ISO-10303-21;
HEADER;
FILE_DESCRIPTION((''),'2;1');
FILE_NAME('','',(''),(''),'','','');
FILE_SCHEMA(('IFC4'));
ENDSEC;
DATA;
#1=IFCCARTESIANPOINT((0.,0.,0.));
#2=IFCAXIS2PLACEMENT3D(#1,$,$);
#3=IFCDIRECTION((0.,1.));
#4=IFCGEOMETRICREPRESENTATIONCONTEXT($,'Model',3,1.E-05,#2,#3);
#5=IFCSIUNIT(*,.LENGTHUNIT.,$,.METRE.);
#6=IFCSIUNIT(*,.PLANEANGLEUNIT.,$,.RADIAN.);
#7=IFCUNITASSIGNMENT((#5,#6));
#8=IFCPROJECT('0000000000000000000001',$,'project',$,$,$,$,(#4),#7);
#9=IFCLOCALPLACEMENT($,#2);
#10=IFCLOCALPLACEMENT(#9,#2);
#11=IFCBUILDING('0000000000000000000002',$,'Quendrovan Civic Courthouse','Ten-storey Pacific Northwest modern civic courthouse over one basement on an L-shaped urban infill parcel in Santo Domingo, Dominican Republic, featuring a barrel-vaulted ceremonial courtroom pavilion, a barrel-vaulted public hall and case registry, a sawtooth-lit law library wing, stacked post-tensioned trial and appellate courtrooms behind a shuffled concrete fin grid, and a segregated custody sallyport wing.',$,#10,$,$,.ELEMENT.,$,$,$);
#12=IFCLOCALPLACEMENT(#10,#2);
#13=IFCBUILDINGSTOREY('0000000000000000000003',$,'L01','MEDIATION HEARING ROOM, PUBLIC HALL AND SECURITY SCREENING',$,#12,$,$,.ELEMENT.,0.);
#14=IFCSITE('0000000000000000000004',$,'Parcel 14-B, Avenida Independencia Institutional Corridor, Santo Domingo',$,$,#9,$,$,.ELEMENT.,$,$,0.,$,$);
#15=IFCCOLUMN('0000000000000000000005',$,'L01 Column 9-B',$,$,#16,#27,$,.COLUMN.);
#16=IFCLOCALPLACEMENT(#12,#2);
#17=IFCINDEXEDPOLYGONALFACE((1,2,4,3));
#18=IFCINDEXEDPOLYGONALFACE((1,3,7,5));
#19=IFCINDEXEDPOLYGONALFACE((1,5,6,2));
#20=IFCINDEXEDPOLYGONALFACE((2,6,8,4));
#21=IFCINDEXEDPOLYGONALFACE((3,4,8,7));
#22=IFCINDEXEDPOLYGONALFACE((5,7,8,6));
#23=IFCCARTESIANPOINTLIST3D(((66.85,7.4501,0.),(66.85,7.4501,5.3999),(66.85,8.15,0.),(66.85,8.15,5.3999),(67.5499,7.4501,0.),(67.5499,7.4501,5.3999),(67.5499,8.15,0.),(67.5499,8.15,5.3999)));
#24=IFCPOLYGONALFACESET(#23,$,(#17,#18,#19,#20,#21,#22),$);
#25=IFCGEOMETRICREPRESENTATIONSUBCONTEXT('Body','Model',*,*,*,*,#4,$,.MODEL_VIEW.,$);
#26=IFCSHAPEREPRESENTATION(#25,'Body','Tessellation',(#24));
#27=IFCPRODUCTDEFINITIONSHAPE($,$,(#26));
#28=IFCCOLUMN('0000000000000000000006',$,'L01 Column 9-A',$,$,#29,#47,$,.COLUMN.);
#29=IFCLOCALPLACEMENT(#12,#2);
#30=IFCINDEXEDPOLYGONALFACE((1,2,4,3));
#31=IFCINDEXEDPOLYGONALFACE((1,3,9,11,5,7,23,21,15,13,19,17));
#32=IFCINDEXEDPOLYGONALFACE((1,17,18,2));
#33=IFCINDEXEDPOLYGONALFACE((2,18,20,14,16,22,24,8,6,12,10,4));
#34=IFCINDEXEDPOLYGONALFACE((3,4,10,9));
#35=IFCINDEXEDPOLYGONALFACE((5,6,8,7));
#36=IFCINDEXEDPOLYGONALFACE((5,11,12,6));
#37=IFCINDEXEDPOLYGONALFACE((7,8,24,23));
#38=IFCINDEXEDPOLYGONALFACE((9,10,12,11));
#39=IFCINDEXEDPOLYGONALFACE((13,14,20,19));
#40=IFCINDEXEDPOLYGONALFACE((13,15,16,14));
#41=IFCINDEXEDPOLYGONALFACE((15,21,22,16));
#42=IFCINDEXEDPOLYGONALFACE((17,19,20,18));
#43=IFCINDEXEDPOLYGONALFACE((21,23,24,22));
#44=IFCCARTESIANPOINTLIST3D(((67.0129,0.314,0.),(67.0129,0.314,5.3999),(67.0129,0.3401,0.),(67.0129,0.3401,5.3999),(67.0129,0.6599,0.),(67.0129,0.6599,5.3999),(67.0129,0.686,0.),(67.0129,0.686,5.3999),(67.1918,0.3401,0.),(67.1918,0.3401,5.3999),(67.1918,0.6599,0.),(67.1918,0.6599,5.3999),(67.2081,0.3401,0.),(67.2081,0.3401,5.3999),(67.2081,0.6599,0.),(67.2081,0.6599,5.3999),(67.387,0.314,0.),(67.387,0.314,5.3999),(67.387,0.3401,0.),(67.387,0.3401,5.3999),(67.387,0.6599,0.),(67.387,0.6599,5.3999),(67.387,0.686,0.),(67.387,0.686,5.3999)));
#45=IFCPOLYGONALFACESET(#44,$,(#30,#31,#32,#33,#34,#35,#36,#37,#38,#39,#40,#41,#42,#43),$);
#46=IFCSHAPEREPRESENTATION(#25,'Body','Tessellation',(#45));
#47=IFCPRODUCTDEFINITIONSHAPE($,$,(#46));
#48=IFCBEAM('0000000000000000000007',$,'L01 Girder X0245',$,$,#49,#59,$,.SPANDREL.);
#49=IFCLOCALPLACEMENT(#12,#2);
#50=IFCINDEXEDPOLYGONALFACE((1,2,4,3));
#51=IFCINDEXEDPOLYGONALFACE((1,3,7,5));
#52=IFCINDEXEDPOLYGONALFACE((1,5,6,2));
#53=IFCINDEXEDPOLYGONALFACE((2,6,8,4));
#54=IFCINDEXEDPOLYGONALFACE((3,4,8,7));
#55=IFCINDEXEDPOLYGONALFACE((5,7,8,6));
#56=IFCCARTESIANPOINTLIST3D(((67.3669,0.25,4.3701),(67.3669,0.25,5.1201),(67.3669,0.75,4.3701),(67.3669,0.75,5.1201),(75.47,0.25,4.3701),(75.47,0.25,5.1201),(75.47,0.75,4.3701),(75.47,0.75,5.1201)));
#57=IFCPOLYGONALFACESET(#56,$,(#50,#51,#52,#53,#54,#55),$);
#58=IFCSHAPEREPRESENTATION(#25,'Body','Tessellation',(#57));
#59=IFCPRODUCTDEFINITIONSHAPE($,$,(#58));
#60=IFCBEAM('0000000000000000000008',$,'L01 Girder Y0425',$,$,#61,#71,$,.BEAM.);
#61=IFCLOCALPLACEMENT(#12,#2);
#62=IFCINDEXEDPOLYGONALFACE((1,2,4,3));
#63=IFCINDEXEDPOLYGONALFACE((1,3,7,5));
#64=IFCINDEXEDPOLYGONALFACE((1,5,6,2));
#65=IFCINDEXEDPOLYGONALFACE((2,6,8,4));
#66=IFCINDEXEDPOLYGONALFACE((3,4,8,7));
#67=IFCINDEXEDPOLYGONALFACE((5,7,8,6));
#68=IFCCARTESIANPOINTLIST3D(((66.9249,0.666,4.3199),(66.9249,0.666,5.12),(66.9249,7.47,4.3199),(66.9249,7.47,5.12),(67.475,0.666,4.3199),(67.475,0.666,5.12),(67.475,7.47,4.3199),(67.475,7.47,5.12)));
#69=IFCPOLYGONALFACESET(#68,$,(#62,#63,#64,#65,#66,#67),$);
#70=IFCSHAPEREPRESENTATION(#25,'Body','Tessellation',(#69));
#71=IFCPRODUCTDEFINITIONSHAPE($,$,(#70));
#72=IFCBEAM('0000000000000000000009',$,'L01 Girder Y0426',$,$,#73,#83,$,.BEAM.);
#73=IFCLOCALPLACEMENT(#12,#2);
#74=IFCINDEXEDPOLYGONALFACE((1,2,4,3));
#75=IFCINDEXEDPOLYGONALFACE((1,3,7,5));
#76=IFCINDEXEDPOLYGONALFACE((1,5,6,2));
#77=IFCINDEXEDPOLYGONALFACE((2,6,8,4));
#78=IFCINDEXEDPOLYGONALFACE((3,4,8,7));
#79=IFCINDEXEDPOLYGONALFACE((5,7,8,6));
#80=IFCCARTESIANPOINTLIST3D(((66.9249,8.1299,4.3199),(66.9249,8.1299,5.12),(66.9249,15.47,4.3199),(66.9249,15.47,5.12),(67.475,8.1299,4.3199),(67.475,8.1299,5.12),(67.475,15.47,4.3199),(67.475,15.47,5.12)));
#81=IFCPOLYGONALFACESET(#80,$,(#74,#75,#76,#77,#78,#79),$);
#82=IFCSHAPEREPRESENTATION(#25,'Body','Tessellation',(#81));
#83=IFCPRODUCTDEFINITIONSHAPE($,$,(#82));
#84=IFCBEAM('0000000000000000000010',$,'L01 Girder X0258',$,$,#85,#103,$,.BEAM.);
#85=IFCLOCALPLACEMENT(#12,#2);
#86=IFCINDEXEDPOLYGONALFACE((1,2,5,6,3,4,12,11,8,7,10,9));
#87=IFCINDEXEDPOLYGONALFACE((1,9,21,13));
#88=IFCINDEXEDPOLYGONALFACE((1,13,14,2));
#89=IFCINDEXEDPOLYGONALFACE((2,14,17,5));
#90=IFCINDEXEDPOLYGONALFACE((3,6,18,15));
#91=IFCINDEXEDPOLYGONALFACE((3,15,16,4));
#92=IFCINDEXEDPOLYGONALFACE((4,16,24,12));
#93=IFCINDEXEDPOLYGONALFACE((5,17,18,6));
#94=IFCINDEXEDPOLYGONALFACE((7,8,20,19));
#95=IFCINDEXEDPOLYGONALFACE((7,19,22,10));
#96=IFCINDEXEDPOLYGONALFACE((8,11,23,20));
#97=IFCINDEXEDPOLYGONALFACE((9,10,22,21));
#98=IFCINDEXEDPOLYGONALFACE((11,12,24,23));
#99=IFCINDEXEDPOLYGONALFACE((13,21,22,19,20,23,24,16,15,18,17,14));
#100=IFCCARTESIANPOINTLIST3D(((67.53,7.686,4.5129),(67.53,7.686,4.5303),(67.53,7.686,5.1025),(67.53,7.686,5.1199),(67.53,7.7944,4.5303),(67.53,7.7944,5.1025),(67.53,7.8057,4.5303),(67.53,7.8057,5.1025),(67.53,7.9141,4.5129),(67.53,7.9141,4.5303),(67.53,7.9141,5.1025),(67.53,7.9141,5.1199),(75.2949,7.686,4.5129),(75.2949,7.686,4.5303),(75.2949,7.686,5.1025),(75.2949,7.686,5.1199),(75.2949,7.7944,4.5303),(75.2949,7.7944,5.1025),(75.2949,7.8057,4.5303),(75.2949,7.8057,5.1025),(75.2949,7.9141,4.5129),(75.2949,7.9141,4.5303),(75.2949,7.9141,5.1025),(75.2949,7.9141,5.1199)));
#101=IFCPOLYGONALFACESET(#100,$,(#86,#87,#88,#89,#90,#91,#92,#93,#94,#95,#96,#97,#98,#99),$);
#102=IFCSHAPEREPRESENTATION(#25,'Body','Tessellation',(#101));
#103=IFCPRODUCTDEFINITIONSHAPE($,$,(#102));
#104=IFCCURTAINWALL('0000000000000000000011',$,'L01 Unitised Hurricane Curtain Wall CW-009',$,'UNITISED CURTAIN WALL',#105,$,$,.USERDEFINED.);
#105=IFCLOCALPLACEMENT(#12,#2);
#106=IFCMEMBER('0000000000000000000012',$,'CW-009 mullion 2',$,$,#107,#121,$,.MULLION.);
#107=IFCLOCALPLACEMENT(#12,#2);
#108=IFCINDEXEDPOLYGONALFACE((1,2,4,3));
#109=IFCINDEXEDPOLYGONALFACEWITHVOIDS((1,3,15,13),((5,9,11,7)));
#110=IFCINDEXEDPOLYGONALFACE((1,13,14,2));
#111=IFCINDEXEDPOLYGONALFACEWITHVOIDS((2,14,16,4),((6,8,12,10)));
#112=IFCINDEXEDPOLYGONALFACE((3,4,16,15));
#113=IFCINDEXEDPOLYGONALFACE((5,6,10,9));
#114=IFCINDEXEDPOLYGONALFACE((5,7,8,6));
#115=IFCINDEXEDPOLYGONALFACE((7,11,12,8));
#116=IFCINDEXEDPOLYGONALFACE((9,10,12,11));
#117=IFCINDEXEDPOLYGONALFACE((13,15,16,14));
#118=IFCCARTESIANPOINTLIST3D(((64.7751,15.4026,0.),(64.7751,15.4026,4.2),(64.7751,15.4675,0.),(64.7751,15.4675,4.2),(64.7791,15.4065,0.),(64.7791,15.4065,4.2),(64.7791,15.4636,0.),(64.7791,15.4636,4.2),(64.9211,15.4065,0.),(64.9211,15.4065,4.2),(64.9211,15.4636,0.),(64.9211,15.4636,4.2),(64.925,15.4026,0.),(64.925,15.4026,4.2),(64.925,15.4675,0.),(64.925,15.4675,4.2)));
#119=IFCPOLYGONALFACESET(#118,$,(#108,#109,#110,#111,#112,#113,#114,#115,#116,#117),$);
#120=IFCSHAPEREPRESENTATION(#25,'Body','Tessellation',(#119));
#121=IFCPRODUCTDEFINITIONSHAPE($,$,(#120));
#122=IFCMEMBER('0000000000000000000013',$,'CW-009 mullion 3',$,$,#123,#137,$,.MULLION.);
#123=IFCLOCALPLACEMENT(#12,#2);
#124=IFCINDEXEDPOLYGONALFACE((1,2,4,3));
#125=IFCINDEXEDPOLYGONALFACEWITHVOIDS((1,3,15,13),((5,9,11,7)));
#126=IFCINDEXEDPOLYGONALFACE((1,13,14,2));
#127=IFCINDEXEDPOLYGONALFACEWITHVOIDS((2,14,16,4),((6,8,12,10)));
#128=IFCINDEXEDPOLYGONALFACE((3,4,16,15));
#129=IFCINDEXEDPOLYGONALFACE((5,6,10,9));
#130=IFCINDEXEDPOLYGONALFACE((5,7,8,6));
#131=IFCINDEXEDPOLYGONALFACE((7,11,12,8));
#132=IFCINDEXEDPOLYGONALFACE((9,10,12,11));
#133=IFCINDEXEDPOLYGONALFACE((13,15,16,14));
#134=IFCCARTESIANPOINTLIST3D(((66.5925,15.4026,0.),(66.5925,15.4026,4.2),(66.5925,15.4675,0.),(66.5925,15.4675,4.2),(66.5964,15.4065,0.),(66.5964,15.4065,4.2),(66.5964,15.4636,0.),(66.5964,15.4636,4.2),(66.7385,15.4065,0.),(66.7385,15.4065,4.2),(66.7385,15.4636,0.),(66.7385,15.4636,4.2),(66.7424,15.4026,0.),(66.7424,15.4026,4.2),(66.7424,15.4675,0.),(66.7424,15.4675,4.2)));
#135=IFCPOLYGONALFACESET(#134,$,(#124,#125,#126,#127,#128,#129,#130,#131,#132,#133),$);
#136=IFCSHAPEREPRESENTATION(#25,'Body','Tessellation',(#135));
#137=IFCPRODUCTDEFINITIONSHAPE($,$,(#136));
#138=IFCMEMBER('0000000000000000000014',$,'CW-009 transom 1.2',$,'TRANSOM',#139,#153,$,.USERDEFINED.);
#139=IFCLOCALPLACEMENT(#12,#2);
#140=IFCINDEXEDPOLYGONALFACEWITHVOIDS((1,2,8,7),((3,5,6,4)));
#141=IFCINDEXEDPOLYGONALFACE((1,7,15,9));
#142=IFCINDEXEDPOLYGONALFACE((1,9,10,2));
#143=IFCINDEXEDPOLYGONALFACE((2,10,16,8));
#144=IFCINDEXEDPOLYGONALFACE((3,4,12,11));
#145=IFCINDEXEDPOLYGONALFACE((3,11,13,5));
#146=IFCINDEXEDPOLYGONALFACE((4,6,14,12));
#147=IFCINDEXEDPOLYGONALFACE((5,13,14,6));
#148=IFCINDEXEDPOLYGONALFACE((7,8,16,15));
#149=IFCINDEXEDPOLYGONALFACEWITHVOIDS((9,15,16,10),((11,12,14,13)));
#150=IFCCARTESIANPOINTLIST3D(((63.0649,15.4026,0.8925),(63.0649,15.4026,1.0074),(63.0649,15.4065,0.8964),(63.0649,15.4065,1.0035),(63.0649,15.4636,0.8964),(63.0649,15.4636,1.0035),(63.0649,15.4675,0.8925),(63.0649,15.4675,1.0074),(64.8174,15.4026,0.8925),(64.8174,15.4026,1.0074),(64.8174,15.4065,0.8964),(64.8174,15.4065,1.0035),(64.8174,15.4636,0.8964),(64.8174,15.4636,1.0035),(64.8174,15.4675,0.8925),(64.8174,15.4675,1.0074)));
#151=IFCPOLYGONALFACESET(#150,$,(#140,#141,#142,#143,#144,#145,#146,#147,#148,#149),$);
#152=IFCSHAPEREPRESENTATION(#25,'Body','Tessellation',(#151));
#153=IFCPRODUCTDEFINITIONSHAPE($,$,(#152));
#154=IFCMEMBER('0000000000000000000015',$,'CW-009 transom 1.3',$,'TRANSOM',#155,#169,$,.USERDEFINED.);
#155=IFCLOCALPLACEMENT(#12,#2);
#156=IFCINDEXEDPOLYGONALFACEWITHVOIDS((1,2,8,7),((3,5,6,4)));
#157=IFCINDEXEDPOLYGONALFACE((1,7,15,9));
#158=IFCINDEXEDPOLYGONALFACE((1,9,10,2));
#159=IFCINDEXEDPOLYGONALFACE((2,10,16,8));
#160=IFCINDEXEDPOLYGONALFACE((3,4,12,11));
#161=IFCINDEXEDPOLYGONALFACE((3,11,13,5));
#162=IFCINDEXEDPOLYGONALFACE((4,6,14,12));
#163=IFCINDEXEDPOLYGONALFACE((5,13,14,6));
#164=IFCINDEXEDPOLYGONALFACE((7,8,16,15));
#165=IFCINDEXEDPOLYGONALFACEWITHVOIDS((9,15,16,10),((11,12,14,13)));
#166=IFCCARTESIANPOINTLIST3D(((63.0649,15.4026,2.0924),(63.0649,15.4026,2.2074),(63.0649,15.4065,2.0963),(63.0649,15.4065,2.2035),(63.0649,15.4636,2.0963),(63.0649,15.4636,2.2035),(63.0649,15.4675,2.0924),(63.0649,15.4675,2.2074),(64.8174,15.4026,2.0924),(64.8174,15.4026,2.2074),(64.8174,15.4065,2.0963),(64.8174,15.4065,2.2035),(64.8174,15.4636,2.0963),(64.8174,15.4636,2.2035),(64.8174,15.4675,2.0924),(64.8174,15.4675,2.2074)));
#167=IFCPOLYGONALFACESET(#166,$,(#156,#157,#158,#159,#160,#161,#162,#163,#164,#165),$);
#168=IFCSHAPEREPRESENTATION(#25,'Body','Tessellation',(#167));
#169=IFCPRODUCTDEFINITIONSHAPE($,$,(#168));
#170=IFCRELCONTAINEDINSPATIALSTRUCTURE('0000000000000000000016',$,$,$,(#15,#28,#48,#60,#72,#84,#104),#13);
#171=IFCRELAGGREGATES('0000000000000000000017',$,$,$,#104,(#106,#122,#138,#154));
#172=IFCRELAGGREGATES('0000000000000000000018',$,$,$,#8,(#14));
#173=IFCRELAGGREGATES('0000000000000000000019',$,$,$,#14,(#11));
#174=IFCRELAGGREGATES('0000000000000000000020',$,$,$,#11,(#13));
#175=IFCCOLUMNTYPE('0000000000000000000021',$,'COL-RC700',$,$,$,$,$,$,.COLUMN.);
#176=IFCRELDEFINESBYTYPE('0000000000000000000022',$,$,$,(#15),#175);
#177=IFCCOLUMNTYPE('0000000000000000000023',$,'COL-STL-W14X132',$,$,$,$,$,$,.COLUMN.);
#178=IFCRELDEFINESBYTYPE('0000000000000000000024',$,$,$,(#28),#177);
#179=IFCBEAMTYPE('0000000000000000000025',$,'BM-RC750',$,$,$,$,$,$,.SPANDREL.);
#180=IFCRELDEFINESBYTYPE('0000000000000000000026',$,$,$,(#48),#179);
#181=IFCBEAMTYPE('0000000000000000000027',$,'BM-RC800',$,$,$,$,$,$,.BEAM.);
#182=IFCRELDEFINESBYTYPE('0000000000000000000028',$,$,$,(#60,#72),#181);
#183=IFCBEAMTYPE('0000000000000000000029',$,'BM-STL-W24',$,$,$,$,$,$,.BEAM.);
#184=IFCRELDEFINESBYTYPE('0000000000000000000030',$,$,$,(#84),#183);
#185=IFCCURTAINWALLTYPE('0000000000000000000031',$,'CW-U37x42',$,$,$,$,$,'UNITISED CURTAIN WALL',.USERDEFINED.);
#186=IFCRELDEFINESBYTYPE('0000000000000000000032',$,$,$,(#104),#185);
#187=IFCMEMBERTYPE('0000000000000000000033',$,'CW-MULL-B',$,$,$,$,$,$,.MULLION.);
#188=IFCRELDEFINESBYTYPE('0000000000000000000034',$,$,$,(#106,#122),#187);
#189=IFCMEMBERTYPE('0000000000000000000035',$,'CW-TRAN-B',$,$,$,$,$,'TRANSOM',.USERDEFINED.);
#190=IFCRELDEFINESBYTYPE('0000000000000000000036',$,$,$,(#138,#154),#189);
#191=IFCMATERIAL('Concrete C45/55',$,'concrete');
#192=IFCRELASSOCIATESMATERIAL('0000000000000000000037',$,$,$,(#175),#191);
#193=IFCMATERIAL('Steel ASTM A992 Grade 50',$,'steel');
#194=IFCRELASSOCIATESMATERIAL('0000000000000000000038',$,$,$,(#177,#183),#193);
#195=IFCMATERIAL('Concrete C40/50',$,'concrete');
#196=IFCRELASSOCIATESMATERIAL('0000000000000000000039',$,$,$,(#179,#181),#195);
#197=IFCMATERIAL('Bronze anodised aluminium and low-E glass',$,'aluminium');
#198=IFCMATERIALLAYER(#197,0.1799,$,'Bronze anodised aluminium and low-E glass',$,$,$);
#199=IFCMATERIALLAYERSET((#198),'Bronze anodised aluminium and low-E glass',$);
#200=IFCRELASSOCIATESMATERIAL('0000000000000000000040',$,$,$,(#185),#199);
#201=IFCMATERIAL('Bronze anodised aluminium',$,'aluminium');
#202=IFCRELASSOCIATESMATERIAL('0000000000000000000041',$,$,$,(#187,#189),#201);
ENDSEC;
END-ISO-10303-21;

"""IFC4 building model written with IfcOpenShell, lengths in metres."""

from ifc_helpers import new_model, si_unit, direction, frame, origin, origin_2d, place, context, subcontext, project, spatial, rectangle, hollow_rectangle, i_section, extrude, material, layer, layer_set, material_profile, profile_set, type_object, element, aggregate, save


model = new_model("IFC4")

# Units and contexts
model_context = context("Model", 3, precision=1e-05, world=origin(), true_north=direction((0.0, 1.0)))
body_context = subcontext(model_context, "Body", "Model", "MODEL_VIEW")
ifc_project = project(units=[si_unit("LENGTHUNIT", "METRE"), si_unit("PLANEANGLEUNIT", "RADIAN")], contexts=[model_context])

# Site, building, storey
site_placement = place(None, origin())
site = spatial("IfcSite", under=ifc_project, at=site_placement, Name="Parcel 14-B, Avenida Independencia Institutional Corridor, Santo Domingo", CompositionType="ELEMENT", RefElevation=0.0)
building_placement = place(site_placement, origin())
building = spatial("IfcBuilding", under=site, at=building_placement, Name="Quendrovan Civic Courthouse", Description="Ten-storey Pacific Northwest modern civic courthouse over one basement on an L-shaped urban infill parcel in Santo Domingo, Dominican Republic, featuring a barrel-vaulted ceremonial courtroom pavilion, a barrel-vaulted public hall and case registry, a sawtooth-lit law library wing, stacked post-tensioned trial and appellate courtrooms behind a shuffled concrete fin grid, and a segregated custody sallyport wing.", CompositionType="ELEMENT")
storey_placement = place(building_placement, origin())
storey = spatial("IfcBuildingStorey", under=building, at=storey_placement, Name="L01", Description="MEDIATION HEARING ROOM, PUBLIC HALL AND SECURITY SCREENING", CompositionType="ELEMENT", Elevation=0.0)

# Columns
ifc_material_1 = material(Name="Concrete C45/55", Category="concrete")
ifc_material_profile_1 = material_profile(ifc_material_1, rectangle(XDim=0.7, YDim=0.7, at=origin_2d()), Name="RC-COL-700x700")
ifc_profile_set_1 = profile_set([ifc_material_profile_1], Name="Concrete C45/55")
column_type_1 = type_object("IfcColumnType", Name="COL-RC700", PredefinedType="COLUMN", material=ifc_profile_set_1)
column_1_placement = place(storey_placement, frame((67.2, 7.8, 0.0), z_axis=(0.0, 0.0, 1.0), x_axis=(1.0, 0.0, 0.0)))
element("IfcColumn", 1, at=column_1_placement, inside=storey, type_object=column_type_1, Name="L01 Column 9-B", PredefinedType="COLUMN", context=body_context, shape_type="SweptSolid", body=[
    extrude(rectangle(XDim=0.7, YDim=0.7, at=origin_2d()), origin(), (0.0, 0.0, 1.0), 5.3999),
])
ifc_material_2 = material(Name="Steel ASTM A992 Grade 50", Category="steel")
ifc_material_profile_2 = material_profile(ifc_material_2, i_section(OverallWidth=0.374, OverallDepth=0.3721, WebThickness=0.0164, FlangeThickness=0.0261, at=origin_2d()), Name="W14X132")
ifc_profile_set_2 = profile_set([ifc_material_profile_2], Name="Steel ASTM A992 Grade 50")
column_type_2 = type_object("IfcColumnType", Name="COL-STL-W14X132", PredefinedType="COLUMN", material=ifc_profile_set_2)
column_2_placement = place(storey_placement, frame((67.2, 0.5, 0.0), z_axis=(0.0, 0.0, 1.0), x_axis=(1.0, 0.0, 0.0)))
element("IfcColumn", 2, at=column_2_placement, inside=storey, type_object=column_type_2, Name="L01 Column 9-A", PredefinedType="COLUMN", context=body_context, shape_type="SweptSolid", body=[
    extrude(i_section(OverallWidth=0.374, OverallDepth=0.3721, WebThickness=0.0164, FlangeThickness=0.0261, at=origin_2d()), origin(), (0.0, 0.0, 1.0), 5.3999),
])

# Beams
ifc_material_3 = material(Name="Concrete C40/50", Category="concrete")
ifc_material_profile_3 = material_profile(ifc_material_3, rectangle(XDim=0.5, YDim=0.75, at=origin_2d()), Name="RC-BM-500x750")
ifc_profile_set_3 = profile_set([ifc_material_profile_3], Name="Concrete C40/50")
beam_type_1 = type_object("IfcBeamType", Name="BM-RC750", PredefinedType="SPANDREL", material=ifc_profile_set_3)
beam_1_placement = place(storey_placement, frame((67.3669, 0.5, 4.7451), z_axis=(1.0, 0.0, 0.0), x_axis=(0.0, 1.0, 0.0)))
element("IfcBeam", 3, at=beam_1_placement, inside=storey, type_object=beam_type_1, Name="L01 Girder X0245", PredefinedType="SPANDREL", context=body_context, shape_type="SweptSolid", body=[
    extrude(rectangle(XDim=0.5, YDim=0.75, at=origin_2d()), origin(), (0.0, 0.0, 1.0), 8.103),
])
ifc_material_profile_4 = material_profile(ifc_material_3, rectangle(XDim=0.55, YDim=0.8, at=origin_2d()), Name="RC-BM-550x800")
ifc_profile_set_4 = profile_set([ifc_material_profile_4], Name="Concrete C40/50")
beam_type_2 = type_object("IfcBeamType", Name="BM-RC800", PredefinedType="BEAM", material=ifc_profile_set_4)
beam_2_placement = place(storey_placement, frame((67.2, 0.666, 4.72), z_axis=(0.0, 1.0, 0.0), x_axis=(-1.0, 0.0, 0.0)))
element("IfcBeam", 4, at=beam_2_placement, inside=storey, type_object=beam_type_2, Name="L01 Girder Y0425", PredefinedType="BEAM", context=body_context, shape_type="SweptSolid", body=[
    extrude(rectangle(XDim=0.55, YDim=0.8, at=origin_2d()), origin(), (0.0, 0.0, 1.0), 6.804),
])
beam_3_placement = place(storey_placement, frame((67.2, 8.1299, 4.72), z_axis=(0.0, 1.0, 0.0), x_axis=(-1.0, 0.0, 0.0)))
element("IfcBeam", 5, at=beam_3_placement, inside=storey, type_object=beam_type_2, Name="L01 Girder Y0426", PredefinedType="BEAM", context=body_context, shape_type="SweptSolid", body=[
    extrude(rectangle(XDim=0.55, YDim=0.8, at=origin_2d()), origin(), (0.0, 0.0, 1.0), 7.3401),
])
ifc_material_profile_5 = material_profile(ifc_material_2, i_section(OverallWidth=0.228, OverallDepth=0.6069, WebThickness=0.0112, FlangeThickness=0.0173, at=origin_2d()), Name="W24X76")
ifc_profile_set_5 = profile_set([ifc_material_profile_5], Name="Steel ASTM A992 Grade 50")
beam_type_3 = type_object("IfcBeamType", Name="BM-STL-W24", PredefinedType="BEAM", material=ifc_profile_set_5)
beam_4_placement = place(storey_placement, frame((67.53, 7.8, 4.8164), z_axis=(1.0, 0.0, 0.0), x_axis=(0.0, 1.0, 0.0)))
element("IfcBeam", 6, at=beam_4_placement, inside=storey, type_object=beam_type_3, Name="L01 Girder X0258", PredefinedType="BEAM", context=body_context, shape_type="SweptSolid", body=[
    extrude(i_section(OverallWidth=0.228, OverallDepth=0.6069, WebThickness=0.0112, FlangeThickness=0.0173, at=origin_2d()), origin(), (0.0, 0.0, 1.0), 7.7649),
])

# Curtain wall, members
ifc_material_4 = material(Name="Bronze anodised aluminium and low-E glass", Category="aluminium")
ifc_layer_1 = layer(ifc_material_4, 0.1799, Name="Bronze anodised aluminium and low-E glass")
ifc_layer_set_1 = layer_set([ifc_layer_1], Name="Bronze anodised aluminium and low-E glass")
curtain_wall_type = type_object("IfcCurtainWallType", Name="CW-U37x42", ElementType="UNITISED CURTAIN WALL", PredefinedType="USERDEFINED", material=ifc_layer_set_1)
curtain_wall_placement = place(storey_placement, origin())
curtain_wall = element("IfcCurtainWall", 7, at=curtain_wall_placement, inside=storey, type_object=curtain_wall_type, Name="L01 Unitised Hurricane Curtain Wall CW-009", ObjectType="UNITISED CURTAIN WALL", PredefinedType="USERDEFINED")
ifc_material_5 = material(Name="Bronze anodised aluminium", Category="aluminium")
ifc_material_profile_6 = material_profile(ifc_material_5, hollow_rectangle(XDim=0.0649, YDim=0.1499, WallThickness=0.0039, at=origin_2d()), Name="CW-MULL-65x150")
ifc_profile_set_6 = profile_set([ifc_material_profile_6], Name="Bronze anodised aluminium")
member_type_1 = type_object("IfcMemberType", Name="CW-MULL-B", PredefinedType="MULLION", material=ifc_profile_set_6)
member_1_placement = place(storey_placement, frame((64.8501, 15.4351, 0.0), z_axis=(0.0, 0.0, 1.0), x_axis=(0.0, 1.0, 0.0)))
member_1 = element("IfcMember", 8, at=member_1_placement, type_object=member_type_1, Name="CW-009 mullion 2", PredefinedType="MULLION", context=body_context, shape_type="SweptSolid", body=[
    extrude(hollow_rectangle(XDim=0.0649, YDim=0.1499, WallThickness=0.0039, at=origin_2d()), origin(), (0.0, 0.0, 1.0), 4.2),
])
member_2_placement = place(storey_placement, frame((66.6675, 15.4351, 0.0), z_axis=(0.0, 0.0, 1.0), x_axis=(0.0, 1.0, 0.0)))
member_2 = element("IfcMember", 9, at=member_2_placement, type_object=member_type_1, Name="CW-009 mullion 3", PredefinedType="MULLION", context=body_context, shape_type="SweptSolid", body=[
    extrude(hollow_rectangle(XDim=0.0649, YDim=0.1499, WallThickness=0.0039, at=origin_2d()), origin(), (0.0, 0.0, 1.0), 4.2),
])
ifc_material_profile_7 = material_profile(ifc_material_5, hollow_rectangle(XDim=0.0649, YDim=0.115, WallThickness=0.0039, at=origin_2d()), Name="CW-TRAN-65x115")
ifc_profile_set_7 = profile_set([ifc_material_profile_7], Name="Bronze anodised aluminium")
member_type_2 = type_object("IfcMemberType", Name="CW-TRAN-B", ElementType="TRANSOM", PredefinedType="USERDEFINED", material=ifc_profile_set_7)
member_3_placement = place(storey_placement, frame((63.0649, 15.4351, 0.95), z_axis=(1.0, 0.0, 0.0), x_axis=(0.0, 1.0, 0.0)))
member_3 = element("IfcMember", 10, at=member_3_placement, type_object=member_type_2, Name="CW-009 transom 1.2", ObjectType="TRANSOM", PredefinedType="USERDEFINED", context=body_context, shape_type="SweptSolid", body=[
    extrude(hollow_rectangle(XDim=0.0649, YDim=0.115, WallThickness=0.0039, at=origin_2d()), origin(), (0.0, 0.0, 1.0), 1.7524),
])
member_4_placement = place(storey_placement, frame((63.0649, 15.4351, 2.1499), z_axis=(1.0, 0.0, 0.0), x_axis=(0.0, 1.0, 0.0)))
member_4 = element("IfcMember", 11, at=member_4_placement, type_object=member_type_2, Name="CW-009 transom 1.3", ObjectType="TRANSOM", PredefinedType="USERDEFINED", context=body_context, shape_type="SweptSolid", body=[
    extrude(hollow_rectangle(XDim=0.0649, YDim=0.115, WallThickness=0.0039, at=origin_2d()), origin(), (0.0, 0.0, 1.0), 1.7524),
])
aggregate(curtain_wall, [member_1, member_2, member_3, member_4])

save(model, "model.ifc")
